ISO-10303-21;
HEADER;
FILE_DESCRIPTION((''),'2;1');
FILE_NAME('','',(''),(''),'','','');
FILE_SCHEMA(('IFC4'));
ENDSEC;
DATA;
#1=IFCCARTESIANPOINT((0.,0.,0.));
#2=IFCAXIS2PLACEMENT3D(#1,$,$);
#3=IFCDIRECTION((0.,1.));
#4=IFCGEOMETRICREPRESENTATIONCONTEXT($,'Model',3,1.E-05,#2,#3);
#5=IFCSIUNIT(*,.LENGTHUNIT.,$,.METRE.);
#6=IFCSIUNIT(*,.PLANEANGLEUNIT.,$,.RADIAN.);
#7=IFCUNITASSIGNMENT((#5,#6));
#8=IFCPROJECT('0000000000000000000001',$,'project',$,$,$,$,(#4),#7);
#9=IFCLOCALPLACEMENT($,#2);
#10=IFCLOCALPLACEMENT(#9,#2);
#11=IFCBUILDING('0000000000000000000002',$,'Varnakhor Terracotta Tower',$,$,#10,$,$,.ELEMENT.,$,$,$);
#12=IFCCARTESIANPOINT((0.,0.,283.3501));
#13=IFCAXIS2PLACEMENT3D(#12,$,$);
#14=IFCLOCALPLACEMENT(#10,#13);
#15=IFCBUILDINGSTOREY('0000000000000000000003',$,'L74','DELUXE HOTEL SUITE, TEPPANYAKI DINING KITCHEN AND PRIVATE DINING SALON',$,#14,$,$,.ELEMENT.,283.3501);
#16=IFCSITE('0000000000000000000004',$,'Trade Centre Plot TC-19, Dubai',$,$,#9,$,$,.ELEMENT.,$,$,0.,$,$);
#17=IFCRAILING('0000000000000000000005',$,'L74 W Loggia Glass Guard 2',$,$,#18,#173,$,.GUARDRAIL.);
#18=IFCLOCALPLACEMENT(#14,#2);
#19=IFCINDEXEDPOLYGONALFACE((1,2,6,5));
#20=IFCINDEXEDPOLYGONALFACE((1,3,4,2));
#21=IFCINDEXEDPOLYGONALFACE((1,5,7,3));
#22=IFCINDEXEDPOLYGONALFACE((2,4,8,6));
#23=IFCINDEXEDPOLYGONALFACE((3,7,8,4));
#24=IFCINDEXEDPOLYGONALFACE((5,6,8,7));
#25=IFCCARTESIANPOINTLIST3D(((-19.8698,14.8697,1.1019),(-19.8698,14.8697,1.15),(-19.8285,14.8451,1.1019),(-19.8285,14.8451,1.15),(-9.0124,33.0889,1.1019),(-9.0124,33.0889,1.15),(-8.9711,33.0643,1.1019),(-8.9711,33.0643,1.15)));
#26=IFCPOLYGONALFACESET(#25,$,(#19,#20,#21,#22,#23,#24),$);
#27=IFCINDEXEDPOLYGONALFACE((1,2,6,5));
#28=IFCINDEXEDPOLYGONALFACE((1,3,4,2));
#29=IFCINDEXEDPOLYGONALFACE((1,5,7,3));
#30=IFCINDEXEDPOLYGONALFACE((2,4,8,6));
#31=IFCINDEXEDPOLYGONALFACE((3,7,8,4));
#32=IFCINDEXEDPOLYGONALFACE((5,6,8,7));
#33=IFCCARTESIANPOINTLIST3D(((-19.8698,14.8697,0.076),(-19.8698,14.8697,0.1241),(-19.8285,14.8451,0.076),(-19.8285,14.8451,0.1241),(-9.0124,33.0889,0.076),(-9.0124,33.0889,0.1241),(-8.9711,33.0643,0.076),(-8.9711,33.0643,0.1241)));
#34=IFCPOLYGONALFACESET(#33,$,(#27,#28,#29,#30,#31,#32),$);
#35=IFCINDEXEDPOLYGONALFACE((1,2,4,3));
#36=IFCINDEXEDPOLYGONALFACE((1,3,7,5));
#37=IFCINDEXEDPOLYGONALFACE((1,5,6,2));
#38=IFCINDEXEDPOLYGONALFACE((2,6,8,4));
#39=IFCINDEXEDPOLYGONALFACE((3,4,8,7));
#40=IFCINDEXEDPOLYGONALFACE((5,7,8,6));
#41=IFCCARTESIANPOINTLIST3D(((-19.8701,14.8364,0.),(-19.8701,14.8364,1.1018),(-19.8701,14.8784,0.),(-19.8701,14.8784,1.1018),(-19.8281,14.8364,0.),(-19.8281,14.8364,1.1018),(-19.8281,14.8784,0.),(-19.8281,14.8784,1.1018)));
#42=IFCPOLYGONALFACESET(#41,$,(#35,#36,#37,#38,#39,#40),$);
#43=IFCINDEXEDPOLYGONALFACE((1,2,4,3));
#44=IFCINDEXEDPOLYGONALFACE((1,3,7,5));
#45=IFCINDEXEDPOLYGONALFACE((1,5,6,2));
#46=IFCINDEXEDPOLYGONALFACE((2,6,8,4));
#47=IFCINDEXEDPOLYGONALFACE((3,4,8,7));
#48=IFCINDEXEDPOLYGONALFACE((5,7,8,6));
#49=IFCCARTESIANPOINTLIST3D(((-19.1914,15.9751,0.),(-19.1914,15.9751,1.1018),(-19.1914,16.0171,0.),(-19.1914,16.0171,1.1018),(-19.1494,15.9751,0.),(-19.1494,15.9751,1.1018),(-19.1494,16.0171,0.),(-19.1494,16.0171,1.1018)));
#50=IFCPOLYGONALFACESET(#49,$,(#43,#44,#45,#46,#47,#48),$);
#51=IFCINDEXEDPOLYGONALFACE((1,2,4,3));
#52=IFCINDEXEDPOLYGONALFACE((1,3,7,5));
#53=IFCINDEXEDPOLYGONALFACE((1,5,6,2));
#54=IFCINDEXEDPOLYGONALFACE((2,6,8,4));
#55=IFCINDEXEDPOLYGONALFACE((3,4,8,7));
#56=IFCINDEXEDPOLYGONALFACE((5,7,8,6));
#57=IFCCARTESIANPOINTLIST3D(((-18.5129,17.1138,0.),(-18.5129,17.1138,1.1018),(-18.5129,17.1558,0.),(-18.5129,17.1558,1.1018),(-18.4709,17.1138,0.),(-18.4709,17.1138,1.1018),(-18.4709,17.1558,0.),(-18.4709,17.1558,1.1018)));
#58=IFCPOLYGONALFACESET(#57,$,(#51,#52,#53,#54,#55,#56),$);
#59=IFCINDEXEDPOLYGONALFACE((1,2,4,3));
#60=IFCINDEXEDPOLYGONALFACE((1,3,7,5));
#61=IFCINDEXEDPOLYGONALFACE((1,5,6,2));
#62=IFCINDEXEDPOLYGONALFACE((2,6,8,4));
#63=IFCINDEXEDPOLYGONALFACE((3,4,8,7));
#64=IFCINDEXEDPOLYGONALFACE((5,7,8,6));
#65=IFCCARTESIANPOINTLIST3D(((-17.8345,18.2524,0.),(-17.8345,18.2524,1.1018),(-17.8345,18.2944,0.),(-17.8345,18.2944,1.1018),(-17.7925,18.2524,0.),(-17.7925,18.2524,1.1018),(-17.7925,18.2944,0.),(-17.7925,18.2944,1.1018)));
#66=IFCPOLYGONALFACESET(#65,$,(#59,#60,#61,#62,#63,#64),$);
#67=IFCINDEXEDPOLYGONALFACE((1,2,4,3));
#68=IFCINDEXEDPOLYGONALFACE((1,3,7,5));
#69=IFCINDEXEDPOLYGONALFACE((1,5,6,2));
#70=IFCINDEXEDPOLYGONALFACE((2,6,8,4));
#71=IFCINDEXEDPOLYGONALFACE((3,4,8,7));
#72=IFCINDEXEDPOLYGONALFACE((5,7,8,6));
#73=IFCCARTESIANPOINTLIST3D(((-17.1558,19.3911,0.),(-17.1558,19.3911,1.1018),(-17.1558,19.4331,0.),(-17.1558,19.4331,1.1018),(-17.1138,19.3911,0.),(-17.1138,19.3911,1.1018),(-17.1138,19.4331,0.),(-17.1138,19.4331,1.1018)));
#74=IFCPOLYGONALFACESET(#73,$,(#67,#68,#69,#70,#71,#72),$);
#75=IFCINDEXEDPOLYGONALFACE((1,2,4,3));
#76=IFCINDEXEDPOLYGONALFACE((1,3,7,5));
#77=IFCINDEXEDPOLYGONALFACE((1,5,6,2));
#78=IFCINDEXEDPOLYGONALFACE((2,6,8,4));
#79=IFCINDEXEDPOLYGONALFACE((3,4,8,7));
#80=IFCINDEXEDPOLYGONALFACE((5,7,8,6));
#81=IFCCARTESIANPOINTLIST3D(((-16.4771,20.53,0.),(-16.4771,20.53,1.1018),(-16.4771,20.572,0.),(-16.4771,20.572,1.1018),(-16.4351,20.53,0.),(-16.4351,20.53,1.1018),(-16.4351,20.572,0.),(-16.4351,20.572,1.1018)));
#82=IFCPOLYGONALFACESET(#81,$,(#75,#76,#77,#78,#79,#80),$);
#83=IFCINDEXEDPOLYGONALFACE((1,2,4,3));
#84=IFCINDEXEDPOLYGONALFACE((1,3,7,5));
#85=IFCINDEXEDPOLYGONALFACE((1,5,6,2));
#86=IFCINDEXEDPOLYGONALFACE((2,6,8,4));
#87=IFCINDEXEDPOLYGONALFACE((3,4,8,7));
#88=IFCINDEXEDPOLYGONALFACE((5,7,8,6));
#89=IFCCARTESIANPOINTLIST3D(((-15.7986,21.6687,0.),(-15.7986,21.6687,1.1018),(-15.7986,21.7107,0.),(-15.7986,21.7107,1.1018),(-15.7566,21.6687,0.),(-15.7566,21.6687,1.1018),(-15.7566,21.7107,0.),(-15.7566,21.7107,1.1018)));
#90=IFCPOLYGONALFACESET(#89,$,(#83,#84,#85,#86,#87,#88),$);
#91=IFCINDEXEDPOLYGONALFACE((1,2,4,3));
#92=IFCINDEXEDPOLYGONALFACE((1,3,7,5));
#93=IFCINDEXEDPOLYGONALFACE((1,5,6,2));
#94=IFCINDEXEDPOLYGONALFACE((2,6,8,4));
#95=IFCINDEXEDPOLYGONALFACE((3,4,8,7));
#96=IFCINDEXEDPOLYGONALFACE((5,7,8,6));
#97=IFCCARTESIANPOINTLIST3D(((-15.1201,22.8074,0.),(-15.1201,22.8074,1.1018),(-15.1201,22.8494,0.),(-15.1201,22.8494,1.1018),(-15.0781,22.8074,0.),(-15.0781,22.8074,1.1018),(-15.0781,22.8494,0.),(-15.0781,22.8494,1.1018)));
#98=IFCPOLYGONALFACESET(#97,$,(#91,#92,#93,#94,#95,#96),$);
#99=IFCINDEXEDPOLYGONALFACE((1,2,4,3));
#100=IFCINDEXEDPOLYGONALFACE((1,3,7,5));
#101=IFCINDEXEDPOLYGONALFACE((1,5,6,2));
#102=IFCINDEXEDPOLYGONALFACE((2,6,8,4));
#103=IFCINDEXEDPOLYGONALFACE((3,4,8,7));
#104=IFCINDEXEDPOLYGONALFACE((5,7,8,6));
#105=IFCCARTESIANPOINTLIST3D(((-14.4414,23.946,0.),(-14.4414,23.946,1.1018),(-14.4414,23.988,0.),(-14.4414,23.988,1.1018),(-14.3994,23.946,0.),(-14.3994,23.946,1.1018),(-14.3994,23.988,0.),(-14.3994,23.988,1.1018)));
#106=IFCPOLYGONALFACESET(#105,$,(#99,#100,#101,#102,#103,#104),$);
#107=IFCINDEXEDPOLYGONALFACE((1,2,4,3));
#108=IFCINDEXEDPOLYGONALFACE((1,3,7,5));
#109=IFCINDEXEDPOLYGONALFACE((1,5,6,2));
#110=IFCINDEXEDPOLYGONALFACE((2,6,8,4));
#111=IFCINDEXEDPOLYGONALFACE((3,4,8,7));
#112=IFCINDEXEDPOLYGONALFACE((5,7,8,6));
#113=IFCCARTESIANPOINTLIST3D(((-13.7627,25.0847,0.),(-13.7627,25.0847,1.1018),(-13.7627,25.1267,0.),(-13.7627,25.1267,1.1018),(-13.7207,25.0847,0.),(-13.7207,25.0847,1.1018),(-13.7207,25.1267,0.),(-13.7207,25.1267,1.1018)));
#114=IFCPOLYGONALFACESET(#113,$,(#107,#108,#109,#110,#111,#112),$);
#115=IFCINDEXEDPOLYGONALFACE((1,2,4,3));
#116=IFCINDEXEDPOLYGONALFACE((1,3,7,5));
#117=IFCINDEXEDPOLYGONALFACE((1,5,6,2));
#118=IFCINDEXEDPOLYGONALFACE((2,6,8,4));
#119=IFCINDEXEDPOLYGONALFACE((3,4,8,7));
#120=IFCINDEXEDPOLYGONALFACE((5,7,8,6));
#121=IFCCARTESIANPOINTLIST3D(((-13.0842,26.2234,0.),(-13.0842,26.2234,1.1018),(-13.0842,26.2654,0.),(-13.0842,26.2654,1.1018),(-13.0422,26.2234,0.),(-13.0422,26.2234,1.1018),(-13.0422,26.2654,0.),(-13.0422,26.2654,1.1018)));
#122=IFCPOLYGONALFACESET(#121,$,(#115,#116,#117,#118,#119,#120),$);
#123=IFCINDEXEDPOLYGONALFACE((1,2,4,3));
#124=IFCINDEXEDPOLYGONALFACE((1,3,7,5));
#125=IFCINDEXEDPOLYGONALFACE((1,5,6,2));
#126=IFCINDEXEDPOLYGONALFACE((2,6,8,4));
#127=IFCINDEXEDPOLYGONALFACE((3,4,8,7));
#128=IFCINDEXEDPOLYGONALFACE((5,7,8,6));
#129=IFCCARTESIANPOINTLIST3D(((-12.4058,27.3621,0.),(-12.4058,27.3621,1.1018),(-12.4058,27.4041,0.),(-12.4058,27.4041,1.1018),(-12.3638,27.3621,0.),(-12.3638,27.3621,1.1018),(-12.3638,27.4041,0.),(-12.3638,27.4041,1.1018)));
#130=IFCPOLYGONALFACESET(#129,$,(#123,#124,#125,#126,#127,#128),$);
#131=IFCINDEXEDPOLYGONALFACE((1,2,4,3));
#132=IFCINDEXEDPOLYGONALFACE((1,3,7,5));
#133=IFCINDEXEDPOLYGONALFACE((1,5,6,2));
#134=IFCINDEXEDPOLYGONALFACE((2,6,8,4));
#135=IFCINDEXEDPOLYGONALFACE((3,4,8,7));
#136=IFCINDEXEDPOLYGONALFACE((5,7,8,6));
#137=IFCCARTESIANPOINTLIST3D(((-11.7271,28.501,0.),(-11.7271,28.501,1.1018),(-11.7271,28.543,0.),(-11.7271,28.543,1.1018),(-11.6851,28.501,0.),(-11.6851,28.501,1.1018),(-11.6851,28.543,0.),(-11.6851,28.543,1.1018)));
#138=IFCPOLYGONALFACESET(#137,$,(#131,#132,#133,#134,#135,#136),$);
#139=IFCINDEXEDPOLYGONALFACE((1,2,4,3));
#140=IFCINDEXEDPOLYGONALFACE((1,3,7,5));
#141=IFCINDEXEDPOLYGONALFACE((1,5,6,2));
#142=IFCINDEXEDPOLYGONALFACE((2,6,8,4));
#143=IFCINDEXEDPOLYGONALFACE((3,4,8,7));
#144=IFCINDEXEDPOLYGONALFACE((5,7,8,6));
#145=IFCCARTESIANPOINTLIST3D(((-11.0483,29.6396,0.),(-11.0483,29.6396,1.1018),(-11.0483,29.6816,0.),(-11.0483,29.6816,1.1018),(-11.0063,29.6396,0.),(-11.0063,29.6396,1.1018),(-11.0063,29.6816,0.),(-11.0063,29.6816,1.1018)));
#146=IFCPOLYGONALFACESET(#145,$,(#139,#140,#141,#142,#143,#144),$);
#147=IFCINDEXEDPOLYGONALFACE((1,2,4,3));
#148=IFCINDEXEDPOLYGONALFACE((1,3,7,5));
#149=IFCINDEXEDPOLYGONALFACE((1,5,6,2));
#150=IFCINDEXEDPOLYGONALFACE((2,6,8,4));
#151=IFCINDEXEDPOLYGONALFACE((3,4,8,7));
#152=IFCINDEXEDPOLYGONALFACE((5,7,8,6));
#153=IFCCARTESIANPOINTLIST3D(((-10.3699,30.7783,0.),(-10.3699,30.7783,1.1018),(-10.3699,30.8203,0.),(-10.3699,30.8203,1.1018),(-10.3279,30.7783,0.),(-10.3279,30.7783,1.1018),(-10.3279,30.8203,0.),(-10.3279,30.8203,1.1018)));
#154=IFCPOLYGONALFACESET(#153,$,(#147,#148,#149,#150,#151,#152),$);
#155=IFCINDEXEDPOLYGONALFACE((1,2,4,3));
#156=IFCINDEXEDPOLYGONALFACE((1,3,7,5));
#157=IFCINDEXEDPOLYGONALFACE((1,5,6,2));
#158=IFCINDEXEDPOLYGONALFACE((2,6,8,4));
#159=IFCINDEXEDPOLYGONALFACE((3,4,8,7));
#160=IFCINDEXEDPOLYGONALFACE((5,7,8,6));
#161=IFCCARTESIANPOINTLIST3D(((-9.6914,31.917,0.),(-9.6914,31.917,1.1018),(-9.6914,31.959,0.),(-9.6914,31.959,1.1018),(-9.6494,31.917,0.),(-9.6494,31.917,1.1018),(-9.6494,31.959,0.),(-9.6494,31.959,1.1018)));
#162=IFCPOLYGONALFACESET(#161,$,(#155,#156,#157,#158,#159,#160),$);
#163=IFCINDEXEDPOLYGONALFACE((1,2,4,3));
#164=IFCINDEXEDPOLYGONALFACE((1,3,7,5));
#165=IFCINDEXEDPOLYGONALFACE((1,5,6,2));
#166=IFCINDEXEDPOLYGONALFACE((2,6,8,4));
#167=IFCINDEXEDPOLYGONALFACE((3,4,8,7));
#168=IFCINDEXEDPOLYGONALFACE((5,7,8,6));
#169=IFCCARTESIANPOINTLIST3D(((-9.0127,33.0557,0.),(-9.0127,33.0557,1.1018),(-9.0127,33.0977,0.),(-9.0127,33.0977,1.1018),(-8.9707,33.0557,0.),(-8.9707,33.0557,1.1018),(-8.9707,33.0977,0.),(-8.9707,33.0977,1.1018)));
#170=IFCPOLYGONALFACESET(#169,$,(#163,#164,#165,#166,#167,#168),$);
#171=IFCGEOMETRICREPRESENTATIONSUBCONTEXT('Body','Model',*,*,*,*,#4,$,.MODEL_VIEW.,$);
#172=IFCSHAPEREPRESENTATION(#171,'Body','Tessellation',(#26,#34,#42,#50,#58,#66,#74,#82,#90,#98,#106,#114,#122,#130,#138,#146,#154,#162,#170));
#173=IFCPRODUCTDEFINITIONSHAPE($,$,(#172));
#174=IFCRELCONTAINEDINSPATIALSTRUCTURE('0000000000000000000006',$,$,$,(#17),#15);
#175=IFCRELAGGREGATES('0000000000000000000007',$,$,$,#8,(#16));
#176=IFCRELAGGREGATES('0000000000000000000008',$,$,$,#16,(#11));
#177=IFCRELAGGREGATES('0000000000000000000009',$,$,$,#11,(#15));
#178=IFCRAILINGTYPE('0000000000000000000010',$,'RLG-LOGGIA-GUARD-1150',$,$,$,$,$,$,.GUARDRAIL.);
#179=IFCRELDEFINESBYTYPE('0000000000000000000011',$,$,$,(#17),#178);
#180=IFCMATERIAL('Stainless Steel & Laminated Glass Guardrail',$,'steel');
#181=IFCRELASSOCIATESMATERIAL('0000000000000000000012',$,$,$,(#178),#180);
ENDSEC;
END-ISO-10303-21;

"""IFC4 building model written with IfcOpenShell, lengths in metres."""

from ifc_helpers import new_model, si_unit, direction, frame, origin, origin_2d, place, context, subcontext, project, spatial, rectangle, extrude, material, type_object, element, save


model = new_model("IFC4")

# Units and contexts
model_context = context("Model", 3, precision=1e-05, world=origin(), true_north=direction((0.0, 1.0)))
body_context = subcontext(model_context, "Body", "Model", "MODEL_VIEW")
ifc_project = project(units=[si_unit("LENGTHUNIT", "METRE"), si_unit("PLANEANGLEUNIT", "RADIAN")], contexts=[model_context])

# Site, building, storey
site_placement = place(None, origin())
site = spatial("IfcSite", under=ifc_project, at=site_placement, Name="Trade Centre Plot TC-19, Dubai", CompositionType="ELEMENT", RefElevation=0.0)
building_placement = place(site_placement, origin())
building = spatial("IfcBuilding", under=site, at=building_placement, Name="Varnakhor Terracotta Tower", CompositionType="ELEMENT")
storey_placement = place(building_placement, frame((0.0, 0.0, 283.3501)))
storey = spatial("IfcBuildingStorey", under=building, at=storey_placement, Name="L74", Description="DELUXE HOTEL SUITE, TEPPANYAKI DINING KITCHEN AND PRIVATE DINING SALON", CompositionType="ELEMENT", Elevation=283.3501)

# Railing
ifc_material_1 = material(Name="Stainless Steel & Laminated Glass Guardrail", Category="steel")
railing_type = type_object("IfcRailingType", Name="RLG-LOGGIA-GUARD-1150", PredefinedType="GUARDRAIL", material=ifc_material_1)
railing_1_placement = place(storey_placement, frame((-19.8491, 14.8574, 0.0)))
element("IfcRailing", 1, at=railing_1_placement, inside=storey, type_object=railing_type, Name="L74 W Loggia Glass Guard 2", PredefinedType="GUARDRAIL", context=body_context, shape_type="SweptSolid", body=[
    extrude(rectangle(XDim=0.0481, YDim=0.0481, at=origin_2d()), frame((0.0, 0.0, 1.126), z_axis=(0.511924, 0.859031, 0.0), x_axis=(-0.859031, 0.511924, 0.0)), (0.0, 0.0, 1.0), 21.209),
    extrude(rectangle(XDim=0.0481, YDim=0.0481, at=origin_2d()), frame((0.0, 0.0, 0.1001), z_axis=(0.511924, 0.859031, 0.0), x_axis=(-0.859031, 0.511924, 0.0)), (0.0, 0.0, 1.0), 21.209),
    extrude(rectangle(XDim=0.042, YDim=0.042, at=origin_2d()), origin(), (0.0, 0.0, 1.0), 1.1018),
    extrude(rectangle(XDim=0.042, YDim=0.042, at=origin_2d()), frame((0.6787, 1.1387, 0.0)), (0.0, 0.0, 1.0), 1.1018),
    extrude(rectangle(XDim=0.042, YDim=0.042, at=origin_2d()), frame((1.3572, 2.2773, 0.0)), (0.0, 0.0, 1.0), 1.1018),
    extrude(rectangle(XDim=0.042, YDim=0.042, at=origin_2d()), frame((2.0356, 3.416, 0.0)), (0.0, 0.0, 1.0), 1.1018),
    extrude(rectangle(XDim=0.042, YDim=0.042, at=origin_2d()), frame((2.7144, 4.5547, 0.0)), (0.0, 0.0, 1.0), 1.1018),
    extrude(rectangle(XDim=0.042, YDim=0.042, at=origin_2d()), frame((3.3931, 5.6936, 0.0)), (0.0, 0.0, 1.0), 1.1018),
    extrude(rectangle(XDim=0.042, YDim=0.042, at=origin_2d()), frame((4.0715, 6.8323, 0.0)), (0.0, 0.0, 1.0), 1.1018),
    extrude(rectangle(XDim=0.042, YDim=0.042, at=origin_2d()), frame((4.75, 7.9709, 0.0)), (0.0, 0.0, 1.0), 1.1018),
    extrude(rectangle(XDim=0.042, YDim=0.042, at=origin_2d()), frame((5.4287, 9.1096, 0.0)), (0.0, 0.0, 1.0), 1.1018),
    extrude(rectangle(XDim=0.042, YDim=0.042, at=origin_2d()), frame((6.1074, 10.2483, 0.0)), (0.0, 0.0, 1.0), 1.1018),
    extrude(rectangle(XDim=0.042, YDim=0.042, at=origin_2d()), frame((6.7859, 11.387, 0.0)), (0.0, 0.0, 1.0), 1.1018),
    extrude(rectangle(XDim=0.042, YDim=0.042, at=origin_2d()), frame((7.4644, 12.5256, 0.0)), (0.0, 0.0, 1.0), 1.1018),
    extrude(rectangle(XDim=0.042, YDim=0.042, at=origin_2d()), frame((8.1431, 13.6646, 0.0)), (0.0, 0.0, 1.0), 1.1018),
    extrude(rectangle(XDim=0.042, YDim=0.042, at=origin_2d()), frame((8.8218, 14.8032, 0.0)), (0.0, 0.0, 1.0), 1.1018),
    extrude(rectangle(XDim=0.042, YDim=0.042, at=origin_2d()), frame((9.5002, 15.9419, 0.0)), (0.0, 0.0, 1.0), 1.1018),
    extrude(rectangle(XDim=0.042, YDim=0.042, at=origin_2d()), frame((10.1787, 17.0806, 0.0)), (0.0, 0.0, 1.0), 1.1018),
    extrude(rectangle(XDim=0.042, YDim=0.042, at=origin_2d()), frame((10.8574, 18.2192, 0.0)), (0.0, 0.0, 1.0), 1.1018),
])

save(model, "model.ifc")
